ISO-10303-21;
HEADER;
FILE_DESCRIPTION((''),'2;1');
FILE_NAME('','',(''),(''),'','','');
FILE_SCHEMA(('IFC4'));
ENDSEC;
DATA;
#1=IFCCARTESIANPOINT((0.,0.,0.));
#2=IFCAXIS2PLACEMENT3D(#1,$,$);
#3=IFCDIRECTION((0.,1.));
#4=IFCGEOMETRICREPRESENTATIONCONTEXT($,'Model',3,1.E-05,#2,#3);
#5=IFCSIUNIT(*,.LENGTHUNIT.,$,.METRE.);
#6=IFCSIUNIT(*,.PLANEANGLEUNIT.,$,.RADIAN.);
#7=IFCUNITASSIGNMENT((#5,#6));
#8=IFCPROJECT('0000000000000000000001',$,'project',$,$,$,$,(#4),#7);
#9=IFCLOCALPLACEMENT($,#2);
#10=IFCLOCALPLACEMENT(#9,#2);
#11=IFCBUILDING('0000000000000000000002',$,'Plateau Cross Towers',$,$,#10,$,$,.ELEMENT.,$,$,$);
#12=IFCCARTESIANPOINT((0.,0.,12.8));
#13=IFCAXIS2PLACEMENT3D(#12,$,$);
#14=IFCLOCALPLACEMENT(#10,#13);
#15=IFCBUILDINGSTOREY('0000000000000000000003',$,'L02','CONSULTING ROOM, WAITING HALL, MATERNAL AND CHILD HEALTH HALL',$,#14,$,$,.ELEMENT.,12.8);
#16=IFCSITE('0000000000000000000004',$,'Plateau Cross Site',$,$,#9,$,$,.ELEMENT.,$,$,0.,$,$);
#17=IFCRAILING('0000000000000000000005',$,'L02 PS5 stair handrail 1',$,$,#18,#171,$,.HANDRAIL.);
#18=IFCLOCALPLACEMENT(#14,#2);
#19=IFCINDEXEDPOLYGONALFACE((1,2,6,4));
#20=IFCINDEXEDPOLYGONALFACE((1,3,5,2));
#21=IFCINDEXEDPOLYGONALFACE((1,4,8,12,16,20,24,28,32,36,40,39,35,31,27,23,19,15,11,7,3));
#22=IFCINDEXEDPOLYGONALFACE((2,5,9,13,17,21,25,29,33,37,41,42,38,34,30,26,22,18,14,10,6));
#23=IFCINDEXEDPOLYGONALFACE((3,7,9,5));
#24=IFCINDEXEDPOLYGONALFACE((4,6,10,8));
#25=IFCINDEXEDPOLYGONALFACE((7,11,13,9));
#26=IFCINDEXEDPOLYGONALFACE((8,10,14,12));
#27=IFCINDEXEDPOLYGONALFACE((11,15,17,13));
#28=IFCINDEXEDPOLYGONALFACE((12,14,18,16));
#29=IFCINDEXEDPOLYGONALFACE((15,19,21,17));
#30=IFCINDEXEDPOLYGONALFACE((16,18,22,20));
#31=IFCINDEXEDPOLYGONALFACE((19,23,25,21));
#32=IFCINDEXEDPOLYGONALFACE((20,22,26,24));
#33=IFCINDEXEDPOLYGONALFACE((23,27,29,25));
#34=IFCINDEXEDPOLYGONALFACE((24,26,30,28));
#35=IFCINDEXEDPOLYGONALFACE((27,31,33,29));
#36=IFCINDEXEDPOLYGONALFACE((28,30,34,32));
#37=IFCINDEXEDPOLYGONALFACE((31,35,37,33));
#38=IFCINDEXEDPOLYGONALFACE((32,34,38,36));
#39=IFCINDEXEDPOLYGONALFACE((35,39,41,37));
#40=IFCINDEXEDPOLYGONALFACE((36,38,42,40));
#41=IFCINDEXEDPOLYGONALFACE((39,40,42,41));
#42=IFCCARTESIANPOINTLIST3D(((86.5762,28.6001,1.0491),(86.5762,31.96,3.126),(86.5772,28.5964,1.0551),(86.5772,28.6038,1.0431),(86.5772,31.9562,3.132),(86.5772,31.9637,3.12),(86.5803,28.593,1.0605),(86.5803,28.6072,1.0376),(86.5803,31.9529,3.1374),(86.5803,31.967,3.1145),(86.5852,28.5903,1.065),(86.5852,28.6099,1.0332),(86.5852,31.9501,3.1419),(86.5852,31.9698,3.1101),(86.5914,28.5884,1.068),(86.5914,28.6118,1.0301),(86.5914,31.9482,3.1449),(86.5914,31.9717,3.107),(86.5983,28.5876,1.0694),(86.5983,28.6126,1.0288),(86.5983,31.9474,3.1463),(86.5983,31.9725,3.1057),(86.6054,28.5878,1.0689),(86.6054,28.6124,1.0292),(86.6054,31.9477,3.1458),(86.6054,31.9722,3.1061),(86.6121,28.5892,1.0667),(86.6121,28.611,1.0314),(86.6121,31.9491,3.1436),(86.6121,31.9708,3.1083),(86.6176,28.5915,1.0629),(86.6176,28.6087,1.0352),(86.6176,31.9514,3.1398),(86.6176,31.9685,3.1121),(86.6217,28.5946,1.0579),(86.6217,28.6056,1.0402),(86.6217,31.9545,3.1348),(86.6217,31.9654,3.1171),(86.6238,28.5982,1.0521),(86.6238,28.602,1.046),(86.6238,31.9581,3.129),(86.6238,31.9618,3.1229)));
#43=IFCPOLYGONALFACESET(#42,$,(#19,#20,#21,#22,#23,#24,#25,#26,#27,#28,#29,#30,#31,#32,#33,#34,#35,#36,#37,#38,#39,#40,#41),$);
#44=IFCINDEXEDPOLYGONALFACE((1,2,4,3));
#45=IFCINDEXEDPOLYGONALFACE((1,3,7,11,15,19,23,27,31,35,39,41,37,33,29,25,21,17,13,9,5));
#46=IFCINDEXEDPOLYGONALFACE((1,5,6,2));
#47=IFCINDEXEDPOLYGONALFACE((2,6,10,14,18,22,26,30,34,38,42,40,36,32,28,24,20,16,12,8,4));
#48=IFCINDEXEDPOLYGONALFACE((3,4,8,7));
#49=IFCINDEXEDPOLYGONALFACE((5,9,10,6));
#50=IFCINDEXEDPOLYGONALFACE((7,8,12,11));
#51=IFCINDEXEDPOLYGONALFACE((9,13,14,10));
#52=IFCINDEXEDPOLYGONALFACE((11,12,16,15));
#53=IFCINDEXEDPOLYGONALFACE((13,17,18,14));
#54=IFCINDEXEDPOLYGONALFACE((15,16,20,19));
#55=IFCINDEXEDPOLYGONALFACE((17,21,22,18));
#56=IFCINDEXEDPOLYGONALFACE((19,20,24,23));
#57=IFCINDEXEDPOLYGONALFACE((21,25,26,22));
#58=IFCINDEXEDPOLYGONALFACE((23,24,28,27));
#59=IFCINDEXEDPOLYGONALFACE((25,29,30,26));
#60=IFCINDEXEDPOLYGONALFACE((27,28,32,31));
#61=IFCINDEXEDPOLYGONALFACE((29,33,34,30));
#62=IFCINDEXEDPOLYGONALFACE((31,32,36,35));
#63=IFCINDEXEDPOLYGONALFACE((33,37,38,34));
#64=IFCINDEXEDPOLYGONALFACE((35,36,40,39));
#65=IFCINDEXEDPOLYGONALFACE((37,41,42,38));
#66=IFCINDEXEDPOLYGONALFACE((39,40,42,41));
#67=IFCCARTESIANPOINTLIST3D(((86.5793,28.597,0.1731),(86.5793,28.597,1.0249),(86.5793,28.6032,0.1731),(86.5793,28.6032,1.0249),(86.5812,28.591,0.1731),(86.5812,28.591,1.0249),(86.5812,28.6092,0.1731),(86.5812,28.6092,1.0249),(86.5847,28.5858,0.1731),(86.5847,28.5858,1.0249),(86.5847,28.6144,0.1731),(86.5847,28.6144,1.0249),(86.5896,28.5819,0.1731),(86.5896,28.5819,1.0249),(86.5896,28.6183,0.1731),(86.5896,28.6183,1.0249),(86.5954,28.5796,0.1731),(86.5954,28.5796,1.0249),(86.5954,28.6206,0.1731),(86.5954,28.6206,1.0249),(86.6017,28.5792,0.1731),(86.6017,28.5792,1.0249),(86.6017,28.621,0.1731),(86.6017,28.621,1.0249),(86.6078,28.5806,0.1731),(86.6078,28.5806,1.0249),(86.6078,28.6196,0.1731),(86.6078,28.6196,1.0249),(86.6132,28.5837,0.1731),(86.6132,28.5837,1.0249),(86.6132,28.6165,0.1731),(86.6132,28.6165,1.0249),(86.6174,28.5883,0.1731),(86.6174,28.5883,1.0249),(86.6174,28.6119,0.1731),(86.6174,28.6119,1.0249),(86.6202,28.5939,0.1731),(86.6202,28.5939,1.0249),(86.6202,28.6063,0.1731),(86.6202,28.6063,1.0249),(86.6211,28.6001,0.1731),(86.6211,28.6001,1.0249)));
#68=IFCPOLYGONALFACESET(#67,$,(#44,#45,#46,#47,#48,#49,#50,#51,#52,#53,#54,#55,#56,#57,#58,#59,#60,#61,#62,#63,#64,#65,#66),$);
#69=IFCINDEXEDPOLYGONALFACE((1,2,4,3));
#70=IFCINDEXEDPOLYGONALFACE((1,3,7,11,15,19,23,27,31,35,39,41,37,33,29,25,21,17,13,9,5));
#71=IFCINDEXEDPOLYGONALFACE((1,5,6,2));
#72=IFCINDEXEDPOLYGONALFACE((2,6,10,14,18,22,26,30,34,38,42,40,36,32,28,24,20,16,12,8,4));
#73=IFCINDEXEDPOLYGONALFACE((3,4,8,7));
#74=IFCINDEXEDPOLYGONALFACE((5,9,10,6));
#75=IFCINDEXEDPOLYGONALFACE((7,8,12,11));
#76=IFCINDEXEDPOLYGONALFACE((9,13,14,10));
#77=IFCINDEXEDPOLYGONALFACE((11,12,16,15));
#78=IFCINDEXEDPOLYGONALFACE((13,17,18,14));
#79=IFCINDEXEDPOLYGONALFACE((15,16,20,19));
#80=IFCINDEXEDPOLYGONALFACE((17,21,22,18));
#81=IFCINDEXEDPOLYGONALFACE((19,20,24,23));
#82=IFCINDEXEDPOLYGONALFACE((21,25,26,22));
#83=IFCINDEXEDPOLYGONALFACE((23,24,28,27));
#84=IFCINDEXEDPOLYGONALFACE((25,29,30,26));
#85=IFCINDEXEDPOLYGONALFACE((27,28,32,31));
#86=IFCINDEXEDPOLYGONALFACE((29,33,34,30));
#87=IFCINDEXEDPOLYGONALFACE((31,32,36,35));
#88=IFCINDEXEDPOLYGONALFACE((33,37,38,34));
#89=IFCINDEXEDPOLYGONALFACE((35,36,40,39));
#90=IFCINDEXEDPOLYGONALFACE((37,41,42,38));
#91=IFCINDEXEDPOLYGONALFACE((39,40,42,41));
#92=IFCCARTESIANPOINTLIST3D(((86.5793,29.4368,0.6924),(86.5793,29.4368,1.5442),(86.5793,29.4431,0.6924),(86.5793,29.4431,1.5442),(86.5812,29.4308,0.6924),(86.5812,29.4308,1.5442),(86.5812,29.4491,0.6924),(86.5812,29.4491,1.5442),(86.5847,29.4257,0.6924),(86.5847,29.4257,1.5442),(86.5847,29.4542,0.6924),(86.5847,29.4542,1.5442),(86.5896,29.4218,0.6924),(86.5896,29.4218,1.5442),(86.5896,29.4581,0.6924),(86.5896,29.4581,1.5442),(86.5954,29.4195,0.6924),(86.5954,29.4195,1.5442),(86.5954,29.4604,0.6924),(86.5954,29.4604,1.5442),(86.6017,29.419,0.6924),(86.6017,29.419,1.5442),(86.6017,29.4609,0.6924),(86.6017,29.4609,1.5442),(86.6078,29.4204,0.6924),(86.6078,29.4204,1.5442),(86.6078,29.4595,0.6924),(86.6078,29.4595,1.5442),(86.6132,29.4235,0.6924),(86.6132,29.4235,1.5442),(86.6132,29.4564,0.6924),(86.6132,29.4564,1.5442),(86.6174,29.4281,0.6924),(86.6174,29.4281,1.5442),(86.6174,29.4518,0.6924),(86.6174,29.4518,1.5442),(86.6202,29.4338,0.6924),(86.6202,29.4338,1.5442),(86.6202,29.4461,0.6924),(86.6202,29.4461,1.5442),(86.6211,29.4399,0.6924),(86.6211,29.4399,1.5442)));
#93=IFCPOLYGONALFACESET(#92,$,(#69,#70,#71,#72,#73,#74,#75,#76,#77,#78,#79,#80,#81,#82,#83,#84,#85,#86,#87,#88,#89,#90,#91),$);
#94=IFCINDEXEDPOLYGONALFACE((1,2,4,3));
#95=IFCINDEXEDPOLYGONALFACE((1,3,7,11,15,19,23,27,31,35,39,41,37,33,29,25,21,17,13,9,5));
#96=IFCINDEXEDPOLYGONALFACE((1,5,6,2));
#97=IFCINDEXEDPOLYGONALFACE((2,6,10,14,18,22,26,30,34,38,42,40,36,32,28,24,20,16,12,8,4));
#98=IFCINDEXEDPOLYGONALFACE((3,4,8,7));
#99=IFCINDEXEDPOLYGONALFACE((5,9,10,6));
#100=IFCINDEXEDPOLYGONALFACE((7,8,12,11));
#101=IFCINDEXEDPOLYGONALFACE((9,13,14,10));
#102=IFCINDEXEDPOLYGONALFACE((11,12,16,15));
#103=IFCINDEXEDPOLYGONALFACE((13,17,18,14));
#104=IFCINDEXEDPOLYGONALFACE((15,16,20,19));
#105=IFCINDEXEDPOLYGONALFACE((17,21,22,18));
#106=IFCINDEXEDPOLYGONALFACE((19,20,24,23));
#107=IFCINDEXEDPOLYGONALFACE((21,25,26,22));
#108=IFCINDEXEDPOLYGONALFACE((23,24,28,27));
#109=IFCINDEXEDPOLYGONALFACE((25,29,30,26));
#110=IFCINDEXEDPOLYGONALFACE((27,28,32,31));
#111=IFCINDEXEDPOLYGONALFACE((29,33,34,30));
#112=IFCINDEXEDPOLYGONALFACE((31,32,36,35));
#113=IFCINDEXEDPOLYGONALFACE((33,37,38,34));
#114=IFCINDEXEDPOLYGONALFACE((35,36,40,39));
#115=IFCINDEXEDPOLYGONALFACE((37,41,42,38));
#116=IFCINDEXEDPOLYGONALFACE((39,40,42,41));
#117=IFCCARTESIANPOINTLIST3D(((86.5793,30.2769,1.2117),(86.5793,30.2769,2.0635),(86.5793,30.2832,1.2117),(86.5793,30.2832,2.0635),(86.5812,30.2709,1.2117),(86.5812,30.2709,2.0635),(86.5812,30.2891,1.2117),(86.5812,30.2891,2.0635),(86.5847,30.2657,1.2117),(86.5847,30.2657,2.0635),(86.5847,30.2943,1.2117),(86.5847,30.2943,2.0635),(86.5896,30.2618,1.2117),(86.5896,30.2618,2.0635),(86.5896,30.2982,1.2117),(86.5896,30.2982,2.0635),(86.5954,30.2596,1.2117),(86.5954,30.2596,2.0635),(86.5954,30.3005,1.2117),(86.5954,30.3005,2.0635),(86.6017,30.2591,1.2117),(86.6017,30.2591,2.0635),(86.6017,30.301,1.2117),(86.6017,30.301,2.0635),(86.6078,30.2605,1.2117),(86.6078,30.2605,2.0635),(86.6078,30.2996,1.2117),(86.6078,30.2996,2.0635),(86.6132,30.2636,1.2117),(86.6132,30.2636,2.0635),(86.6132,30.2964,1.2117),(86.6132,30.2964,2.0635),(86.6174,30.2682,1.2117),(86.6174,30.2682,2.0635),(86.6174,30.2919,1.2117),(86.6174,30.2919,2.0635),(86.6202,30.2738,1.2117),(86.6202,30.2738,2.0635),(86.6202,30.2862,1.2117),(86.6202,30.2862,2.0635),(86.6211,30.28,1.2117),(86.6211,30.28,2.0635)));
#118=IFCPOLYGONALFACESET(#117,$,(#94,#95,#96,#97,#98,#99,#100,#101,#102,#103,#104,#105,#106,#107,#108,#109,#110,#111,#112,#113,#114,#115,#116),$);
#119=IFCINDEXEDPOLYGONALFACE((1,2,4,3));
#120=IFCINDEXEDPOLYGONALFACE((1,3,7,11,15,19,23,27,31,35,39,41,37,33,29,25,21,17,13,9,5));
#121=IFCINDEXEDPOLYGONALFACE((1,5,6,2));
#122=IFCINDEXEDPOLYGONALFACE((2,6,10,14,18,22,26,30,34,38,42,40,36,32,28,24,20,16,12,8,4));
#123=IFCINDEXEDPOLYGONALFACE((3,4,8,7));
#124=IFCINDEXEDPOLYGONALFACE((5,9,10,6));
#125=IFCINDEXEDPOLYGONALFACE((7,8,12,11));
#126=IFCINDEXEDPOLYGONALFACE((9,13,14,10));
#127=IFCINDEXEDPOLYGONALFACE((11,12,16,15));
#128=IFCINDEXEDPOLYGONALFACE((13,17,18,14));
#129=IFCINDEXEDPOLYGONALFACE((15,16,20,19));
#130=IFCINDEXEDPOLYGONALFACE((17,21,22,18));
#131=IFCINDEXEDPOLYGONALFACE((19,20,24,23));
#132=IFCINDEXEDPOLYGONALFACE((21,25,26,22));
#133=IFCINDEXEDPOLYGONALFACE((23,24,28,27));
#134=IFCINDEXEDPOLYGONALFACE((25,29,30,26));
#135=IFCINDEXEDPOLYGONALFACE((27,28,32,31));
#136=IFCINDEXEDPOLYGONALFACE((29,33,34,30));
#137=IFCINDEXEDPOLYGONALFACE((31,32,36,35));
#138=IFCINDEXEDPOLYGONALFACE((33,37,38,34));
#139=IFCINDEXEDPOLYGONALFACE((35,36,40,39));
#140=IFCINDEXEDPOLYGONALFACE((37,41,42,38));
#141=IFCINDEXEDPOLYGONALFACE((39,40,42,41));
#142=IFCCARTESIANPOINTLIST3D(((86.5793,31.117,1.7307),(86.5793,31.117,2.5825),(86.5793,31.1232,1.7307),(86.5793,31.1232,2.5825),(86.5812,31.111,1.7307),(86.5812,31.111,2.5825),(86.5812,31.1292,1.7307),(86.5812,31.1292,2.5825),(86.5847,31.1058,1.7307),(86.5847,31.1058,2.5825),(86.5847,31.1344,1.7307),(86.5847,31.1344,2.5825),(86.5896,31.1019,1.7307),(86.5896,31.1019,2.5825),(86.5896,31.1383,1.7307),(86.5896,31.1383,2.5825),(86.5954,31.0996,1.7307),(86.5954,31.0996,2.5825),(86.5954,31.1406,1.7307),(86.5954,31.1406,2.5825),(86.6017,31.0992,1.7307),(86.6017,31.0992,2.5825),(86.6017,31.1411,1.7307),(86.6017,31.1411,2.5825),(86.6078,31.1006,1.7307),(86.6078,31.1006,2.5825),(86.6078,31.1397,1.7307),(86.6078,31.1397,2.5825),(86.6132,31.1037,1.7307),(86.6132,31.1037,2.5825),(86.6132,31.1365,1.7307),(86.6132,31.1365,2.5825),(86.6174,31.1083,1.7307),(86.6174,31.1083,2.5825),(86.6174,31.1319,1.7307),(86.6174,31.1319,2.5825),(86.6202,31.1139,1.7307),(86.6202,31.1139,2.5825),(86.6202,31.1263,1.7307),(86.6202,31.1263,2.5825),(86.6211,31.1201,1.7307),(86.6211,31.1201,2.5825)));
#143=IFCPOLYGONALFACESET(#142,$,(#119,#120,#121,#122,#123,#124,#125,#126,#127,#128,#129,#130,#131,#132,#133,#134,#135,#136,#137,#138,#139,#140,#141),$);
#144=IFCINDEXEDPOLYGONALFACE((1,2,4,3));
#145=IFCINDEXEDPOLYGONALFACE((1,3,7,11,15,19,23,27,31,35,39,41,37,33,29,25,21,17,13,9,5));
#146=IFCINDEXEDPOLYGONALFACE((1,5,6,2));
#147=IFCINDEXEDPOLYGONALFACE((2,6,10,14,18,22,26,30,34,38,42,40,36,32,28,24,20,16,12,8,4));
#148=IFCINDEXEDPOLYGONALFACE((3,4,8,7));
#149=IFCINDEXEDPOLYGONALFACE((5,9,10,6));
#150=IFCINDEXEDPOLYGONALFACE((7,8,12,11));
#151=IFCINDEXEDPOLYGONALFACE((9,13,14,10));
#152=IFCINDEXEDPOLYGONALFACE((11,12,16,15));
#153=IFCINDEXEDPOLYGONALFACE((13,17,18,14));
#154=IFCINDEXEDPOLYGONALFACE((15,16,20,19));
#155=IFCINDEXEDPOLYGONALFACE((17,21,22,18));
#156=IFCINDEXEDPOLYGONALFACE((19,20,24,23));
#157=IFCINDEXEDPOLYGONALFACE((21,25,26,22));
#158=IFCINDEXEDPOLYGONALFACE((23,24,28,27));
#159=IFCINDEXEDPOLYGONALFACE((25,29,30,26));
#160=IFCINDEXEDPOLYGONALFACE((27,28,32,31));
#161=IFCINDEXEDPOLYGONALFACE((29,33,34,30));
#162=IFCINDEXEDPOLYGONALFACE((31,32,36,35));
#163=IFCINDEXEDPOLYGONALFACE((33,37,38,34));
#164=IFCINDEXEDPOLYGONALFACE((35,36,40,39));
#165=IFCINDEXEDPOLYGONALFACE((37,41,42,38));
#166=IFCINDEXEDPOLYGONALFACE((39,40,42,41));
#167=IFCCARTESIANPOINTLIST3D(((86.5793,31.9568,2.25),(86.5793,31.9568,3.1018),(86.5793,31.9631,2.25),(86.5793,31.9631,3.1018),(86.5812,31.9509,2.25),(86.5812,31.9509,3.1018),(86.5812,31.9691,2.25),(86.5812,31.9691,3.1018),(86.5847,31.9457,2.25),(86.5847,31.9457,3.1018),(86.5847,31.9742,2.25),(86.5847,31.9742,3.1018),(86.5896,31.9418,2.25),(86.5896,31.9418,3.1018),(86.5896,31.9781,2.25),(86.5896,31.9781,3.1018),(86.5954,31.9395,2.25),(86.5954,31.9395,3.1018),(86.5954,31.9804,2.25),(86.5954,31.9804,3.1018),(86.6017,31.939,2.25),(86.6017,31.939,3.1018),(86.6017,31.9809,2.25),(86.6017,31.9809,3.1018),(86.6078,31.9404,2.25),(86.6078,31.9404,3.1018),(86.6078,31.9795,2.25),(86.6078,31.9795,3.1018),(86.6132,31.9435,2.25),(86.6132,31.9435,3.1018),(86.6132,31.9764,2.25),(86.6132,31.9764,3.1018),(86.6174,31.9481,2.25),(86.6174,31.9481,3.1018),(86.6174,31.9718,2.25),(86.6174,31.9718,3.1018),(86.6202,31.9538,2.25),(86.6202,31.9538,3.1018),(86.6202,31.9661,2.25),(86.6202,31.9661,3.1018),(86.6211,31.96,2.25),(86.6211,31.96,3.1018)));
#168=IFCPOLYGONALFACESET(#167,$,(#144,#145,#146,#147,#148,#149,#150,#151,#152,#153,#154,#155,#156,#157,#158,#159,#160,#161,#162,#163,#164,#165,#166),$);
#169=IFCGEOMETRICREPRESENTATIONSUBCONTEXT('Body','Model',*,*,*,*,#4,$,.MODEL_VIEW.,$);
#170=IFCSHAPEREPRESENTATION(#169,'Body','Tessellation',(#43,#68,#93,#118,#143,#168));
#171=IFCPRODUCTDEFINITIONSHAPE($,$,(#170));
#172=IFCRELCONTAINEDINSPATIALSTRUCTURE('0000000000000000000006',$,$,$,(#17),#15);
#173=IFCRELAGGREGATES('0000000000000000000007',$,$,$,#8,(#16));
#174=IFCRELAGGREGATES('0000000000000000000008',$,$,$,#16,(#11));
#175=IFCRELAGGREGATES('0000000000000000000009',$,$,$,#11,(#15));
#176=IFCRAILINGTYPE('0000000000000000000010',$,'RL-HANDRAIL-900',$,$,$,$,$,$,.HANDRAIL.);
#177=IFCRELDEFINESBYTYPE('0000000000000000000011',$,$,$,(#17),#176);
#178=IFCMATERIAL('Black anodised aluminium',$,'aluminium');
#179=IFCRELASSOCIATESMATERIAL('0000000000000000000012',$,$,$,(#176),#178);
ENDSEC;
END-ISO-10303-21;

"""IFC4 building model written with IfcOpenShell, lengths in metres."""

from ifc_helpers import new_model, si_unit, direction, frame, origin, origin_2d, place, context, subcontext, project, spatial, circle, extrude, material, type_object, element, save


model = new_model("IFC4")

# Units and contexts
model_context = context("Model", 3, precision=1e-05, world=origin(), true_north=direction((0.0, 1.0)))
body_context = subcontext(model_context, "Body", "Model", "MODEL_VIEW")
ifc_project = project(units=[si_unit("LENGTHUNIT", "METRE"), si_unit("PLANEANGLEUNIT", "RADIAN")], contexts=[model_context])

# Site, building, storey
site_placement = place(None, origin())
site = spatial("IfcSite", under=ifc_project, at=site_placement, Name="Plateau Cross Site", CompositionType="ELEMENT", RefElevation=0.0)
building_placement = place(site_placement, origin())
building = spatial("IfcBuilding", under=site, at=building_placement, Name="Plateau Cross Towers", CompositionType="ELEMENT")
storey_placement = place(building_placement, frame((0.0, 0.0, 12.8)))
storey = spatial("IfcBuildingStorey", under=building, at=storey_placement, Name="L02", Description="CONSULTING ROOM, WAITING HALL, MATERNAL AND CHILD HEALTH HALL", CompositionType="ELEMENT", Elevation=12.8)

# Railing
ifc_material_1 = material(Name="Black anodised aluminium", Category="aluminium")
railing_type_1 = type_object("IfcRailingType", Name="RL-HANDRAIL-900", PredefinedType="HANDRAIL", material=ifc_material_1)
railing_1_placement = place(storey_placement, frame((86.6001, 28.6001, 0.1731)))
element("IfcRailing", 1, at=railing_1_placement, inside=storey, type_object=railing_type_1, Name="L02 PS5 stair handrail 1", PredefinedType="HANDRAIL", context=body_context, shape_type="SweptSolid", body=[
    extrude(circle(Radius=0.0239, at=origin_2d()), frame((0.0, 0.0, 0.876), z_axis=(0.0, 0.850606, 0.525803), x_axis=(-1.0, 0.0, 0.0)), (0.0, 0.0, 1.0), 3.95),
    extrude(circle(Radius=0.021, at=origin_2d()), origin(), (0.0, 0.0, 1.0), 0.8518),
    extrude(circle(Radius=0.021, at=origin_2d()), frame((0.0, 0.8398, 0.5193)), (0.0, 0.0, 1.0), 0.8518),
    extrude(circle(Radius=0.021, at=origin_2d()), frame((0.0, 1.6799, 1.0386)), (0.0, 0.0, 1.0), 0.8518),
    extrude(circle(Radius=0.021, at=origin_2d()), frame((0.0, 2.52, 1.5576)), (0.0, 0.0, 1.0), 0.8518),
    extrude(circle(Radius=0.021, at=origin_2d()), frame((0.0, 3.3599, 2.0769)), (0.0, 0.0, 1.0), 0.8518),
])

save(model, "model.ifc")
